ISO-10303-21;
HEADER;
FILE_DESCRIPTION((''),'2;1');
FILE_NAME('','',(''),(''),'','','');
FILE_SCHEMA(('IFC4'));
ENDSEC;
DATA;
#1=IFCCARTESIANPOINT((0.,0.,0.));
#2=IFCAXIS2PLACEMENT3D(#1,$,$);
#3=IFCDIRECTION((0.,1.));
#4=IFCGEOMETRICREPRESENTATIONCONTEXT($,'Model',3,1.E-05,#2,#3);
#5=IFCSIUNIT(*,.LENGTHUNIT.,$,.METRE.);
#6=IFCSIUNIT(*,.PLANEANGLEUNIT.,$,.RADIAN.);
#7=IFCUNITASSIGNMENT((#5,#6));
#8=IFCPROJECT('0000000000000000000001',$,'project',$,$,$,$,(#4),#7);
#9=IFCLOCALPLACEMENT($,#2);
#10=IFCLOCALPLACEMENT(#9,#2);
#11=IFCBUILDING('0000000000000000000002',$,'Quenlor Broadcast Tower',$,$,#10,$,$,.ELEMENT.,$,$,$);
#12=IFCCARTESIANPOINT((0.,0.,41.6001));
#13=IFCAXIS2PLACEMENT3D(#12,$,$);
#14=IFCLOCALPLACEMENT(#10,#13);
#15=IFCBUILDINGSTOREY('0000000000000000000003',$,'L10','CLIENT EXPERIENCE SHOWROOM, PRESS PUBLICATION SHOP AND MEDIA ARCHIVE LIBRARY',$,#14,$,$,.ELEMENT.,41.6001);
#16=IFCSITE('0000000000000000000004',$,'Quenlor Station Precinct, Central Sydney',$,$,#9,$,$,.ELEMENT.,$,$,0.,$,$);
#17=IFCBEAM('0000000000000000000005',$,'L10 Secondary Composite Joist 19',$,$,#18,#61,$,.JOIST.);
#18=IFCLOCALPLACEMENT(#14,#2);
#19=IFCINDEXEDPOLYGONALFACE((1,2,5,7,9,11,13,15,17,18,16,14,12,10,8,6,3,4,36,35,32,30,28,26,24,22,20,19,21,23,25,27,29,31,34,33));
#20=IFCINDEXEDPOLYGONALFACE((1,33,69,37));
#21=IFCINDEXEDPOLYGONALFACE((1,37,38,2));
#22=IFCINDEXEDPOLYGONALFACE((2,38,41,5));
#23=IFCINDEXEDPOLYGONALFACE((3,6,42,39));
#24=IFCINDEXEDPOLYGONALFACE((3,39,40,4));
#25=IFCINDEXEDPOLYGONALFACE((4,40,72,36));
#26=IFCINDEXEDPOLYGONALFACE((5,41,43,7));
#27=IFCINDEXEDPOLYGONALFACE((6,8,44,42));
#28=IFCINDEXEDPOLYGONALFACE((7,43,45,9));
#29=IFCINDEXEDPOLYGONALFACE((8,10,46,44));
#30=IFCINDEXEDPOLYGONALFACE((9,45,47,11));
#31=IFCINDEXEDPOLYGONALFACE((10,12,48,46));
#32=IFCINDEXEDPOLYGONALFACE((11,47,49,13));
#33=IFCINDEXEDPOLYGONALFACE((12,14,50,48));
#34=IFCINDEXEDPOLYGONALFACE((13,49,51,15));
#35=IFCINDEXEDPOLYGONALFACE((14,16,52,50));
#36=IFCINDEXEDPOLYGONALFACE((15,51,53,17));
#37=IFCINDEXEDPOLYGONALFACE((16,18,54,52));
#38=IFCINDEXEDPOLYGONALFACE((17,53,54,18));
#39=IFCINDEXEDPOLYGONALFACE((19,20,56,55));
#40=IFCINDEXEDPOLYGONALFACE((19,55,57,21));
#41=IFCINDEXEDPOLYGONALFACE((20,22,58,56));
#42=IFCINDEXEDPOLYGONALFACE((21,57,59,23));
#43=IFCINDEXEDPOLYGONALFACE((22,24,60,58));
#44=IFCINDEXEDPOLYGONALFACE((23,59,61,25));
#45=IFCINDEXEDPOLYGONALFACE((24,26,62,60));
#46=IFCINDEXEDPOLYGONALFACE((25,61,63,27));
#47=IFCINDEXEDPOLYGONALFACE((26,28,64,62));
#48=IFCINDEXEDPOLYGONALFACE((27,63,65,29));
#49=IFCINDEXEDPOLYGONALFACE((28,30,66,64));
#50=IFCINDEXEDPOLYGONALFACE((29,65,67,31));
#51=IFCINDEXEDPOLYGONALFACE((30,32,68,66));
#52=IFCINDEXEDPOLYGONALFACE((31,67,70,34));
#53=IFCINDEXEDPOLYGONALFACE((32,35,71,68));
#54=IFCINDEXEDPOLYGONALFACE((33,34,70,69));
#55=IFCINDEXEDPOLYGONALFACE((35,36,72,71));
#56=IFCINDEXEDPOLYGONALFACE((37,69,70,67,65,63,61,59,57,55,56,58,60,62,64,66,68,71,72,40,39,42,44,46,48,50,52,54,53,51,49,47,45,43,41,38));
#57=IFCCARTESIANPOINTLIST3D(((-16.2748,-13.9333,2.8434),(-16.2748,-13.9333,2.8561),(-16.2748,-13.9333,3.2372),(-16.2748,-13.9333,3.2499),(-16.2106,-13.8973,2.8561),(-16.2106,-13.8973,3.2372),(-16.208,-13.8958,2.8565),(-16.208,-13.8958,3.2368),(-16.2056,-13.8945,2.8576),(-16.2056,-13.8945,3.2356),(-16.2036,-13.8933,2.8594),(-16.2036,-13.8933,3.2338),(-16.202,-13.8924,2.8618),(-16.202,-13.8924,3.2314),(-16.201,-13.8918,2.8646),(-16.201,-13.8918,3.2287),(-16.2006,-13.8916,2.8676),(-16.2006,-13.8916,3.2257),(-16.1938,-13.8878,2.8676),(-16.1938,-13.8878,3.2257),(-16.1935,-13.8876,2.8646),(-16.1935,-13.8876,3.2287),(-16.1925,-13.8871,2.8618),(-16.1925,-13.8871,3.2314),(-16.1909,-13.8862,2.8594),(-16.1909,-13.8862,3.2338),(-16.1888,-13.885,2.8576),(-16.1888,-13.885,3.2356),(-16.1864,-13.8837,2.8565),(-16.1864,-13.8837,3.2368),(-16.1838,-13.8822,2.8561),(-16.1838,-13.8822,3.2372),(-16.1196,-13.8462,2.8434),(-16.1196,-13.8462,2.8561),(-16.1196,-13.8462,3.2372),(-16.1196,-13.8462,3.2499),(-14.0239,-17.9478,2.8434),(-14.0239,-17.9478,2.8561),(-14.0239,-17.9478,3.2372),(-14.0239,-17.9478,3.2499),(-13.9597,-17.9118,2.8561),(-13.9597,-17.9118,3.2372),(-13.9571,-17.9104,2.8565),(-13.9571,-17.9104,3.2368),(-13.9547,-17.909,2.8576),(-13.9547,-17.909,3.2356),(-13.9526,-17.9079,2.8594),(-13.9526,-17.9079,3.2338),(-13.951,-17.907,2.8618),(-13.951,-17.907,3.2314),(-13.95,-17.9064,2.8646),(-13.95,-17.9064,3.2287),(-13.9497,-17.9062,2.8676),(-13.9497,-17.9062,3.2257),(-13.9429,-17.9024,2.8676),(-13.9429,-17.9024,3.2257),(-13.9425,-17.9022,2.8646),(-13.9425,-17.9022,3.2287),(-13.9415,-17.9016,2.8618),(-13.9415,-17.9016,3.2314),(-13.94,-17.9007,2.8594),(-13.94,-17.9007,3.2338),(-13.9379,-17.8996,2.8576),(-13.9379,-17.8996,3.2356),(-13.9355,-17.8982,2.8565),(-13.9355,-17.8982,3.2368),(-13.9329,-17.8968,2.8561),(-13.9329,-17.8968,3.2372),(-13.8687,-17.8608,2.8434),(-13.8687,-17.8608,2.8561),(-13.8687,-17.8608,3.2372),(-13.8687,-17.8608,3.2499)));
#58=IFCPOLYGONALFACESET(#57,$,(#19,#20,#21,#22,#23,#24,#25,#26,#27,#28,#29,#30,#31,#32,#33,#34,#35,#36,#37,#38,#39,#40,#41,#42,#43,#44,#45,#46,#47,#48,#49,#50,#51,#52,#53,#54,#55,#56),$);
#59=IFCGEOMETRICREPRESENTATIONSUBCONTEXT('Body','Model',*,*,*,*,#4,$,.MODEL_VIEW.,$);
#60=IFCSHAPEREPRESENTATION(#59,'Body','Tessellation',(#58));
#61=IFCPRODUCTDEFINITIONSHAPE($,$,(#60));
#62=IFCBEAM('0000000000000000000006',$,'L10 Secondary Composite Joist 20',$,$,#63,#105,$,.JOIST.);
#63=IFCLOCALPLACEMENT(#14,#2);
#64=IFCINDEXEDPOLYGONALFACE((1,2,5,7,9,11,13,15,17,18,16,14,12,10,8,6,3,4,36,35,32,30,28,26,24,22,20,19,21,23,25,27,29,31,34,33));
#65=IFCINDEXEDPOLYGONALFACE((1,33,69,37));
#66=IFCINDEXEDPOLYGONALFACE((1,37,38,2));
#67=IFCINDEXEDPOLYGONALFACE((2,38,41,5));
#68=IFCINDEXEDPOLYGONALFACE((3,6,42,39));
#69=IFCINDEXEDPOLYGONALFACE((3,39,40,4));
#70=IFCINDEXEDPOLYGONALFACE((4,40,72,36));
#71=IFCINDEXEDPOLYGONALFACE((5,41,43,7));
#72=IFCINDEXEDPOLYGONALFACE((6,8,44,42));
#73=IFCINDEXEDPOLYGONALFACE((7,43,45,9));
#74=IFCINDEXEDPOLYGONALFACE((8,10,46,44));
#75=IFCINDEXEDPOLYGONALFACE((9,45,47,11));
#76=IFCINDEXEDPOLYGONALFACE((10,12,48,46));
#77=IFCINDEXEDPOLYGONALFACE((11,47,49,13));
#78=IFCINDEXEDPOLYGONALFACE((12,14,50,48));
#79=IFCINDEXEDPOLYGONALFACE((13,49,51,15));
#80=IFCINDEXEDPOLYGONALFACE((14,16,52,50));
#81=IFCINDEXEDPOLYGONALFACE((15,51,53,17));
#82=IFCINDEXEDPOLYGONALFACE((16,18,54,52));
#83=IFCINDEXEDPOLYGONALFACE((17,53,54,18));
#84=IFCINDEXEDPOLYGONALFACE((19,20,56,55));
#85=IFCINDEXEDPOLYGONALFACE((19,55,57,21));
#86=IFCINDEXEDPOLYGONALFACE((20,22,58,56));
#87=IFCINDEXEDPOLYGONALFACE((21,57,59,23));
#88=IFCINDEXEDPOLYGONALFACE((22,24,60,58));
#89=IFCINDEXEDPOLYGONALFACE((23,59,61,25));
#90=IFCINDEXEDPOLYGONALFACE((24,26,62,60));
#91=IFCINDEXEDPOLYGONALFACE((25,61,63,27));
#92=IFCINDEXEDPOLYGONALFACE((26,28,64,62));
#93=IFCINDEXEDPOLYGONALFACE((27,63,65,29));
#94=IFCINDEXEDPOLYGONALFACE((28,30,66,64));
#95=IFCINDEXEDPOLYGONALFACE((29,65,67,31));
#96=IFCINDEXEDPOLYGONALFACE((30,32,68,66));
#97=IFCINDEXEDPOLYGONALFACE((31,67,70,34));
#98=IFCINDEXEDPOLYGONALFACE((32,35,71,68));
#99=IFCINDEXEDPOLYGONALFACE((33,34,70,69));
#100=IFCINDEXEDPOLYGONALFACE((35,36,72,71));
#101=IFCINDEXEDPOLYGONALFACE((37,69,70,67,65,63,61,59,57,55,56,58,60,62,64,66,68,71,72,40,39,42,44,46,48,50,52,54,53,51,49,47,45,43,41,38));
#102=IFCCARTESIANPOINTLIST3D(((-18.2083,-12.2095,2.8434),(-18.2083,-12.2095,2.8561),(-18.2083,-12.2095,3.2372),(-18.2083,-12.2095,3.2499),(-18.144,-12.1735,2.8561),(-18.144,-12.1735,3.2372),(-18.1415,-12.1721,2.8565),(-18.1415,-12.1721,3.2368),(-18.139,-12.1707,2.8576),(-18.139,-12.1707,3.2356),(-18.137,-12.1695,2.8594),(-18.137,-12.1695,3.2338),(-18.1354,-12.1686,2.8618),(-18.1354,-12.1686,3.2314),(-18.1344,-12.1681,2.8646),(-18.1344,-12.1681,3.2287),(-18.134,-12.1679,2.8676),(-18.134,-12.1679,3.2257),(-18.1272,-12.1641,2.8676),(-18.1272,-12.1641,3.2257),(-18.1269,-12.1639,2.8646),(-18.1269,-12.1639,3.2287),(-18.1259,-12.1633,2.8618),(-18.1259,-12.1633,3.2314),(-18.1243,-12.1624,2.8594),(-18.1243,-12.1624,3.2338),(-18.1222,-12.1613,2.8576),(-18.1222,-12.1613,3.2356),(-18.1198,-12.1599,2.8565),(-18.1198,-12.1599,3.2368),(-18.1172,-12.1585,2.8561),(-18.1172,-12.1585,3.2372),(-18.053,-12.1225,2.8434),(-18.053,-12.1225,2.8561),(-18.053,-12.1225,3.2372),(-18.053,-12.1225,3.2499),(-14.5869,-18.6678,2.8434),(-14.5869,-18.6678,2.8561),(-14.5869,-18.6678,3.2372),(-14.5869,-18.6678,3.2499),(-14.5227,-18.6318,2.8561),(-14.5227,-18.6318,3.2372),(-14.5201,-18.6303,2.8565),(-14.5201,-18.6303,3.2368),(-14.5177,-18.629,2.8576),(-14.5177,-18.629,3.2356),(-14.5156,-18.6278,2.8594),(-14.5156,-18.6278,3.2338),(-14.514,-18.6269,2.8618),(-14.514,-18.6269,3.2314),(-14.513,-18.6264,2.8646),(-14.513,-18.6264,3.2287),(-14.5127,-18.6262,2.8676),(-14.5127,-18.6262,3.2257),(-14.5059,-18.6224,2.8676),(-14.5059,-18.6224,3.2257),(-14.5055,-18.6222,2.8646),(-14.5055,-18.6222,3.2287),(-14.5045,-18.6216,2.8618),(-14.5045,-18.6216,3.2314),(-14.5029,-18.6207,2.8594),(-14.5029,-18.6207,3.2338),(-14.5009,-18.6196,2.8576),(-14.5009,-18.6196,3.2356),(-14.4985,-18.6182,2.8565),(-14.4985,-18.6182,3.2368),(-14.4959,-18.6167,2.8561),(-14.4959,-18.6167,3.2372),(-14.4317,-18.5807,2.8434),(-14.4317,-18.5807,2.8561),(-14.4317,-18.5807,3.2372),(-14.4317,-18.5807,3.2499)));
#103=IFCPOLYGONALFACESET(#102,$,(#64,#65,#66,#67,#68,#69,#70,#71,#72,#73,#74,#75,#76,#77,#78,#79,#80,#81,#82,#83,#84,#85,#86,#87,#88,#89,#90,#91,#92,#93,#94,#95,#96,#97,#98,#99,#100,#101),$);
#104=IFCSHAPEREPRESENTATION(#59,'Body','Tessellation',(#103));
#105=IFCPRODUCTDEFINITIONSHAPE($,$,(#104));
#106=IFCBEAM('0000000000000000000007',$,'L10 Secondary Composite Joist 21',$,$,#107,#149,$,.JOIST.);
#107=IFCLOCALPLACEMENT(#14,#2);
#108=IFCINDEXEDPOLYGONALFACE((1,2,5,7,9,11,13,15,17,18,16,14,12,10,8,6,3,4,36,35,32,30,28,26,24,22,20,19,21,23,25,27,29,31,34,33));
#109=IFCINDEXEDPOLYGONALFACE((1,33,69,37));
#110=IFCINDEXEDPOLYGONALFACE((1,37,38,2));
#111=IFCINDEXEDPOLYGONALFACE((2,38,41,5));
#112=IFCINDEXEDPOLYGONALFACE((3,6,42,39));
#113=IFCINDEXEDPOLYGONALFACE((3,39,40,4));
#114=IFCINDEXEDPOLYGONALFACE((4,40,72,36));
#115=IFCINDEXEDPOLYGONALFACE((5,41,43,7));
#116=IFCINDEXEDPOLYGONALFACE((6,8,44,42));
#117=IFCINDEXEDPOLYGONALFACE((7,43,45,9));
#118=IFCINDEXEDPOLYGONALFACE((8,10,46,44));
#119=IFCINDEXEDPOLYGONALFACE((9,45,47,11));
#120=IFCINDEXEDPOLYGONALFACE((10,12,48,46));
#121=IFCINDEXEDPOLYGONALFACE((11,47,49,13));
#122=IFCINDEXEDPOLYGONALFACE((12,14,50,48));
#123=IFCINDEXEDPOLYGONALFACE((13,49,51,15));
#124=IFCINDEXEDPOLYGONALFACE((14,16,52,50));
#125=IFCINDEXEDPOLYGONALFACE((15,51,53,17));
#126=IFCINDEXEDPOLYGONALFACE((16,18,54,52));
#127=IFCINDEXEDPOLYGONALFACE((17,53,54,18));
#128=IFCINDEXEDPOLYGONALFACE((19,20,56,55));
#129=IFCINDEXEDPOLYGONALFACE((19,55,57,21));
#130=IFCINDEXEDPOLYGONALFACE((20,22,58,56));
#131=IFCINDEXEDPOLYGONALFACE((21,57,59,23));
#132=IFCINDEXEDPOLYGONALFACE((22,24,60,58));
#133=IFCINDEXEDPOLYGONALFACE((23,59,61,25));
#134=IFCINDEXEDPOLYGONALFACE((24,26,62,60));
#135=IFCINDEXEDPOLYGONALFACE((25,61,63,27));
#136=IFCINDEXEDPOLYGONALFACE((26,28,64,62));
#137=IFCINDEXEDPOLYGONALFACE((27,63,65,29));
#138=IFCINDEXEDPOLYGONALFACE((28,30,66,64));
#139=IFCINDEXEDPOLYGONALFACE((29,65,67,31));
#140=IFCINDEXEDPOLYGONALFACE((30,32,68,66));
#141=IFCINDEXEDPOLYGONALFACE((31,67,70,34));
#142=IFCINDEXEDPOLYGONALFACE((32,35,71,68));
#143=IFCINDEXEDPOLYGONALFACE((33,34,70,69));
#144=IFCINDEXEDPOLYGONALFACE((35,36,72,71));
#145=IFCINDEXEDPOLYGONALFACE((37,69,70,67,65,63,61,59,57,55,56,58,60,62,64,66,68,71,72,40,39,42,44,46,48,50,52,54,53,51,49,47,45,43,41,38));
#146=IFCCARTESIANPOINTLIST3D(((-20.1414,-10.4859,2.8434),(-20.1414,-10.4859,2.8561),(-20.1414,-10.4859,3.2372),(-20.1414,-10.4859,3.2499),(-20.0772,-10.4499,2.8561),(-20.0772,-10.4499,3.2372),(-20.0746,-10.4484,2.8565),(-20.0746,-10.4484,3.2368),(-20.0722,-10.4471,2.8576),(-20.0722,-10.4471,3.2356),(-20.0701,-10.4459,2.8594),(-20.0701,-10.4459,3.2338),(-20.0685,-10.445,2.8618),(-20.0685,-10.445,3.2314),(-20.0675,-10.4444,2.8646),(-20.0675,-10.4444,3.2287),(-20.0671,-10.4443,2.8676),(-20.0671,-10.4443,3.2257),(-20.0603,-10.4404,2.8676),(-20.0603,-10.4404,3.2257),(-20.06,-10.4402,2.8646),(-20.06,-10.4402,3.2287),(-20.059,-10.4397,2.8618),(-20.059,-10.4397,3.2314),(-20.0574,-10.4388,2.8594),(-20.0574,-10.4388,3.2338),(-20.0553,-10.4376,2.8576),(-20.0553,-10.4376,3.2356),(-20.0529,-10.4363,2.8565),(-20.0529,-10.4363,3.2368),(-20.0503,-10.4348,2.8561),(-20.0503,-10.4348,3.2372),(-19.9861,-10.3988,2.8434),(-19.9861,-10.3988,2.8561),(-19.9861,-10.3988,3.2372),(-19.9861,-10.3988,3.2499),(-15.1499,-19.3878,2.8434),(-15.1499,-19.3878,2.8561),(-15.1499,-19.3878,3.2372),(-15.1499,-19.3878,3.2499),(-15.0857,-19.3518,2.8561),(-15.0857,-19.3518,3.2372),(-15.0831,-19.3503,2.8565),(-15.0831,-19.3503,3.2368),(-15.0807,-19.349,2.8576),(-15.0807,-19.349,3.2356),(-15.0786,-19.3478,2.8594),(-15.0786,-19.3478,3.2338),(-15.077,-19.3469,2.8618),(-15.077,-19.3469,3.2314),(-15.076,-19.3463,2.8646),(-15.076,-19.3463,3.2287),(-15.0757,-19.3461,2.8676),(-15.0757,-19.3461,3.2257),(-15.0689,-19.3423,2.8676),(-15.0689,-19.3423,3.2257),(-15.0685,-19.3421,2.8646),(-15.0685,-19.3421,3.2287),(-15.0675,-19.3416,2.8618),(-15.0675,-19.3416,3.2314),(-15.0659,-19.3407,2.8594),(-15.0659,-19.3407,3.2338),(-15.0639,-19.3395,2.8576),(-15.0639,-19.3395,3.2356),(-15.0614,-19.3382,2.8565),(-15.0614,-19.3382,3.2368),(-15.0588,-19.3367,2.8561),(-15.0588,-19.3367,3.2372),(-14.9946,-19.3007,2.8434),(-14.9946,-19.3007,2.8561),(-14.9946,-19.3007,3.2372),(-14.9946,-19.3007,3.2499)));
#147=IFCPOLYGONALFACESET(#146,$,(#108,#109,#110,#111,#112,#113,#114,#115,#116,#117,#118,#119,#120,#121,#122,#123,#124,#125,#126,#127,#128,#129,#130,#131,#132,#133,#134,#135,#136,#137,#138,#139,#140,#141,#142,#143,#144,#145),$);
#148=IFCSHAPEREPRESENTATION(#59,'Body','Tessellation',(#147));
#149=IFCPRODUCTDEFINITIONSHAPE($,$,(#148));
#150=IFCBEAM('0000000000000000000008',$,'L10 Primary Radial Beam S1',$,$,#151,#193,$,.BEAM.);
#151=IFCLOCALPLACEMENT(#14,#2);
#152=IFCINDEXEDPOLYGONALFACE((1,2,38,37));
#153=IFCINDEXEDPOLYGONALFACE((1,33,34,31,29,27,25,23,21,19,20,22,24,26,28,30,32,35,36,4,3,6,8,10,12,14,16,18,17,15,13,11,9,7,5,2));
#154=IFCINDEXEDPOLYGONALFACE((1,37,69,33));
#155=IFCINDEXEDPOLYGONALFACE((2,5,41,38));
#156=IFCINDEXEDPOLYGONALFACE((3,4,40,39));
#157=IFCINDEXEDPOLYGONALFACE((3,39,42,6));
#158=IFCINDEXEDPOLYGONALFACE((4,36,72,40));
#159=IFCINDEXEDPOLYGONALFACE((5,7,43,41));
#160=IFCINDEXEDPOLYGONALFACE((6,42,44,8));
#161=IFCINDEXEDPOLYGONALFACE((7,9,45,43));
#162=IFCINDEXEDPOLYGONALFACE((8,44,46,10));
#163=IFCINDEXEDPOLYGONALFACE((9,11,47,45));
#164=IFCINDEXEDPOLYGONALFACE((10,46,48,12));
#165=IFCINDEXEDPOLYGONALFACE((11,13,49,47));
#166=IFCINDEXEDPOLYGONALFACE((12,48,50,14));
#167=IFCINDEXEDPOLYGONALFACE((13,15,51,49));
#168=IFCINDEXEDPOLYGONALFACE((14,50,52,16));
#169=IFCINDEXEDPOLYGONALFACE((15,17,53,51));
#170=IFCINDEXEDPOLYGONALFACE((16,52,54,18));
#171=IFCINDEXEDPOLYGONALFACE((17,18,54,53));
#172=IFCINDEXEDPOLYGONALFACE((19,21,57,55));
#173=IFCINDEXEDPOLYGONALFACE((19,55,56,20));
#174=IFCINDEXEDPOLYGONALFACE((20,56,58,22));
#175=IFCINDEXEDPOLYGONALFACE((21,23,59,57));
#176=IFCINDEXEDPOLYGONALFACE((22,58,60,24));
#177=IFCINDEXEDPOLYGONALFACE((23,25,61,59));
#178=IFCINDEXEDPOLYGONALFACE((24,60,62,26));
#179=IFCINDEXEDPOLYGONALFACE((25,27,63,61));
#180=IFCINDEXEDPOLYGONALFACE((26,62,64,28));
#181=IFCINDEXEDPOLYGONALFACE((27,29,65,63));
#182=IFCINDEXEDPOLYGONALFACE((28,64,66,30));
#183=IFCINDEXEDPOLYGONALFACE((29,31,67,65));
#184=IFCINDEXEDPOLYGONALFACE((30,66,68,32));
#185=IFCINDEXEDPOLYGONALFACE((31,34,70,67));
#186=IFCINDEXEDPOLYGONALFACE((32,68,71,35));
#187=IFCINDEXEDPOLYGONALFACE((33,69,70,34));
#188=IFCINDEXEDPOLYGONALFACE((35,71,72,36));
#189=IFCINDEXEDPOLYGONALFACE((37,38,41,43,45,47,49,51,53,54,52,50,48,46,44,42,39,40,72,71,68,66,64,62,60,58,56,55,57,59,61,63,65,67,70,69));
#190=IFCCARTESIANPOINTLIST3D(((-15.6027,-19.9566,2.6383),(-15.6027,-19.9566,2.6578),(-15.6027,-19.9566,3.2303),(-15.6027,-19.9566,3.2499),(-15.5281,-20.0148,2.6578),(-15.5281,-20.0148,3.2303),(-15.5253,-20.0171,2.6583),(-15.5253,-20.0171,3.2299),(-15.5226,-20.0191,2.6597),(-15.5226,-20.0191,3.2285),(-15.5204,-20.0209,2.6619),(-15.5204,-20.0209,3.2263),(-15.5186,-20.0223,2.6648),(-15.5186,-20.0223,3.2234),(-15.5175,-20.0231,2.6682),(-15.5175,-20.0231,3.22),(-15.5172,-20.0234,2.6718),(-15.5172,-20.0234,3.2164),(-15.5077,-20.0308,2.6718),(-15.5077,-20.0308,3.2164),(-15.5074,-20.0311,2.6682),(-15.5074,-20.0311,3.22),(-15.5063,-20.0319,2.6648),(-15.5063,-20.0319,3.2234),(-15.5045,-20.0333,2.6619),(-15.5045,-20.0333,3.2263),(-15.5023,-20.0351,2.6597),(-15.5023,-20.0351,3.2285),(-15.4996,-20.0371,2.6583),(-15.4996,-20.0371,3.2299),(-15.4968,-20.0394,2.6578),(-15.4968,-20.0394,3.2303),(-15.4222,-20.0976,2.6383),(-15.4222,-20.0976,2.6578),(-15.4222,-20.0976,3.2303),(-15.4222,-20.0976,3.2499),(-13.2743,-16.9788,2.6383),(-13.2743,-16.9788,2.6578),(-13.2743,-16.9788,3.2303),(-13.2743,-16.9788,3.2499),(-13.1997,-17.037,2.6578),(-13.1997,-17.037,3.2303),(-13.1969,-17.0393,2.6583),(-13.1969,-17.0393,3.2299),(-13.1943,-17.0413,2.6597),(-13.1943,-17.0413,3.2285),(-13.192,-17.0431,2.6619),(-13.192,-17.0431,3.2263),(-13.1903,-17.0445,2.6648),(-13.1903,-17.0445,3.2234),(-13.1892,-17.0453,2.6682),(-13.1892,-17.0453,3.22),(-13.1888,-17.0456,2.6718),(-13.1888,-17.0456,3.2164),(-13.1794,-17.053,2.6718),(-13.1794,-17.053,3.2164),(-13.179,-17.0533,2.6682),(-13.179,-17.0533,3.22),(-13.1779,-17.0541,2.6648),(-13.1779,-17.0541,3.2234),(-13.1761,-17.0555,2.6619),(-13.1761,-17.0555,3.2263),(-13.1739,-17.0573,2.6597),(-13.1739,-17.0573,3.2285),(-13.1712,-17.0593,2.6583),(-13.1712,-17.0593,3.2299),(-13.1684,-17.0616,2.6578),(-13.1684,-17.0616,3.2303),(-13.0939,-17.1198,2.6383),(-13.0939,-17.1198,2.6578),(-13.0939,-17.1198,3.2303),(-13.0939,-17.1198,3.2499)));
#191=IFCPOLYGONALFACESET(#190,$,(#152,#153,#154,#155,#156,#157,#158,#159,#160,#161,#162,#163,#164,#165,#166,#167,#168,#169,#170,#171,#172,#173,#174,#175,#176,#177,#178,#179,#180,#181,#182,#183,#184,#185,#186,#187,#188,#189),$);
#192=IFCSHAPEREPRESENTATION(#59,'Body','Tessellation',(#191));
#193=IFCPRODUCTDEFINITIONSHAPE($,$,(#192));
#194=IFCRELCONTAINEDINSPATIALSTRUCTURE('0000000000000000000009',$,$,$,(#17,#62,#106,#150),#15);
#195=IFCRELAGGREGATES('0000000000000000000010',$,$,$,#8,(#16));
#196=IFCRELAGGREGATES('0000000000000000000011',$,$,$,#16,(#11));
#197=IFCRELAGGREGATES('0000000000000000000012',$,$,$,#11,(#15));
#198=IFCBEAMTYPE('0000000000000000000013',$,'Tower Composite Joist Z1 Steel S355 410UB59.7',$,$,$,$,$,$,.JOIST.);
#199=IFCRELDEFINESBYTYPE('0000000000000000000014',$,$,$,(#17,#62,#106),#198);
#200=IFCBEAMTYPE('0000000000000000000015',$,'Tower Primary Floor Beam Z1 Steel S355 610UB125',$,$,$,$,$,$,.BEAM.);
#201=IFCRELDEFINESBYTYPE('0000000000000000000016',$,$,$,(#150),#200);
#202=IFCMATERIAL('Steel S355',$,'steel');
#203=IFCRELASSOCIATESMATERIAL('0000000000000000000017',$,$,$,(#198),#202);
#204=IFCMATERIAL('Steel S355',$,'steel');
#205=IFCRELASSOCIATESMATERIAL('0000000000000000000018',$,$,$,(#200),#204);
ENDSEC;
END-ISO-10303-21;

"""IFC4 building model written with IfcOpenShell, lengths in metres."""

from ifc_helpers import new_model, si_unit, direction, frame, origin, origin_2d, place, context, subcontext, project, spatial, i_section, extrude, material, material_profile, profile_set, type_object, element, save


model = new_model("IFC4")

# Units and contexts
model_context = context("Model", 3, precision=1e-05, world=origin(), true_north=direction((0.0, 1.0)))
body_context = subcontext(model_context, "Body", "Model", "MODEL_VIEW")
ifc_project = project(units=[si_unit("LENGTHUNIT", "METRE"), si_unit("PLANEANGLEUNIT", "RADIAN")], contexts=[model_context])

# Site, building, storey
site_placement = place(None, origin())
site = spatial("IfcSite", under=ifc_project, at=site_placement, Name="Quenlor Station Precinct, Central Sydney", CompositionType="ELEMENT", RefElevation=0.0)
building_placement = place(site_placement, origin())
building = spatial("IfcBuilding", under=site, at=building_placement, Name="Quenlor Broadcast Tower", CompositionType="ELEMENT")
storey_placement = place(building_placement, frame((0.0, 0.0, 41.6001)))
storey = spatial("IfcBuildingStorey", under=building, at=storey_placement, Name="L10", Description="CLIENT EXPERIENCE SHOWROOM, PRESS PUBLICATION SHOP AND MEDIA ARCHIVE LIBRARY", CompositionType="ELEMENT", Elevation=41.6001)

# Beams
ifc_material_1 = material(Name="Steel S355", Category="steel")
ifc_material_profile_1 = material_profile(ifc_material_1, i_section(OverallWidth=0.178, OverallDepth=0.4065, WebThickness=0.0078, FlangeThickness=0.0127, FilletRadius=0.0115, at=origin_2d()))
ifc_profile_set_1 = profile_set([ifc_material_profile_1], Name="Steel S355 410UB59.7")
beam_type_1 = type_object("IfcBeamType", Name="Tower Composite Joist Z1 Steel S355 410UB59.7", PredefinedType="JOIST", material=ifc_profile_set_1)
beam_1_placement = place(storey_placement, frame((-13.9463, -17.9043, 3.0466), z_axis=(-0.489062, 0.872249, 0.0), x_axis=(-0.872249, -0.489062, 0.0)))
element("IfcBeam", 1, at=beam_1_placement, inside=storey, type_object=beam_type_1, Name="L10 Secondary Composite Joist 19", PredefinedType="JOIST", context=body_context, shape_type="SweptSolid", body=[
    extrude(i_section(OverallWidth=0.178, OverallDepth=0.4065, WebThickness=0.0078, FlangeThickness=0.0127, FilletRadius=0.0115, at=origin_2d()), origin(), (0.0, 0.0, 1.0), 4.6025),
])
beam_2_placement = place(storey_placement, frame((-14.5093, -18.6243, 3.0466), z_axis=(-0.489088, 0.872234, 0.0), x_axis=(-0.872234, -0.489088, 0.0)))
element("IfcBeam", 2, at=beam_2_placement, inside=storey, type_object=beam_type_1, Name="L10 Secondary Composite Joist 20", PredefinedType="JOIST", context=body_context, shape_type="SweptSolid", body=[
    extrude(i_section(OverallWidth=0.178, OverallDepth=0.4065, WebThickness=0.0078, FlangeThickness=0.0127, FilletRadius=0.0115, at=origin_2d()), origin(), (0.0, 0.0, 1.0), 7.4043),
])
beam_3_placement = place(storey_placement, frame((-15.0723, -19.3442, 3.0466), z_axis=(-0.489082, 0.872238, 0.0), x_axis=(-0.872238, -0.489082, 0.0)))
element("IfcBeam", 3, at=beam_3_placement, inside=storey, type_object=beam_type_1, Name="L10 Secondary Composite Joist 21", PredefinedType="JOIST", context=body_context, shape_type="SweptSolid", body=[
    extrude(i_section(OverallWidth=0.178, OverallDepth=0.4065, WebThickness=0.0078, FlangeThickness=0.0127, FilletRadius=0.0115, at=origin_2d()), origin(), (0.0, 0.0, 1.0), 10.2058),
])
ifc_material_2 = material(Name="Steel S355", Category="steel")
ifc_material_profile_2 = material_profile(ifc_material_2, i_section(OverallWidth=0.229, OverallDepth=0.6116, WebThickness=0.012, FlangeThickness=0.0195, FilletRadius=0.0139, at=origin_2d()))
ifc_profile_set_2 = profile_set([ifc_material_profile_2], Name="Steel S355 610UB125")
beam_type_2 = type_object("IfcBeamType", Name="Tower Primary Floor Beam Z1 Steel S355 610UB125", PredefinedType="BEAM", material=ifc_profile_set_2)
beam_4_placement = place(storey_placement, frame((-15.5125, -20.0271, 2.9441), z_axis=(0.615969, 0.787771, 0.0), x_axis=(-0.787771, 0.615969, 0.0)))
element("IfcBeam", 4, at=beam_4_placement, inside=storey, type_object=beam_type_2, Name="L10 Primary Radial Beam S1", PredefinedType="BEAM", context=body_context, shape_type="SweptSolid", body=[
    extrude(i_section(OverallWidth=0.229, OverallDepth=0.6116, WebThickness=0.012, FlangeThickness=0.0195, FilletRadius=0.0139, at=origin_2d()), origin(), (0.0, 0.0, 1.0), 3.78),
])

save(model, "model.ifc")
